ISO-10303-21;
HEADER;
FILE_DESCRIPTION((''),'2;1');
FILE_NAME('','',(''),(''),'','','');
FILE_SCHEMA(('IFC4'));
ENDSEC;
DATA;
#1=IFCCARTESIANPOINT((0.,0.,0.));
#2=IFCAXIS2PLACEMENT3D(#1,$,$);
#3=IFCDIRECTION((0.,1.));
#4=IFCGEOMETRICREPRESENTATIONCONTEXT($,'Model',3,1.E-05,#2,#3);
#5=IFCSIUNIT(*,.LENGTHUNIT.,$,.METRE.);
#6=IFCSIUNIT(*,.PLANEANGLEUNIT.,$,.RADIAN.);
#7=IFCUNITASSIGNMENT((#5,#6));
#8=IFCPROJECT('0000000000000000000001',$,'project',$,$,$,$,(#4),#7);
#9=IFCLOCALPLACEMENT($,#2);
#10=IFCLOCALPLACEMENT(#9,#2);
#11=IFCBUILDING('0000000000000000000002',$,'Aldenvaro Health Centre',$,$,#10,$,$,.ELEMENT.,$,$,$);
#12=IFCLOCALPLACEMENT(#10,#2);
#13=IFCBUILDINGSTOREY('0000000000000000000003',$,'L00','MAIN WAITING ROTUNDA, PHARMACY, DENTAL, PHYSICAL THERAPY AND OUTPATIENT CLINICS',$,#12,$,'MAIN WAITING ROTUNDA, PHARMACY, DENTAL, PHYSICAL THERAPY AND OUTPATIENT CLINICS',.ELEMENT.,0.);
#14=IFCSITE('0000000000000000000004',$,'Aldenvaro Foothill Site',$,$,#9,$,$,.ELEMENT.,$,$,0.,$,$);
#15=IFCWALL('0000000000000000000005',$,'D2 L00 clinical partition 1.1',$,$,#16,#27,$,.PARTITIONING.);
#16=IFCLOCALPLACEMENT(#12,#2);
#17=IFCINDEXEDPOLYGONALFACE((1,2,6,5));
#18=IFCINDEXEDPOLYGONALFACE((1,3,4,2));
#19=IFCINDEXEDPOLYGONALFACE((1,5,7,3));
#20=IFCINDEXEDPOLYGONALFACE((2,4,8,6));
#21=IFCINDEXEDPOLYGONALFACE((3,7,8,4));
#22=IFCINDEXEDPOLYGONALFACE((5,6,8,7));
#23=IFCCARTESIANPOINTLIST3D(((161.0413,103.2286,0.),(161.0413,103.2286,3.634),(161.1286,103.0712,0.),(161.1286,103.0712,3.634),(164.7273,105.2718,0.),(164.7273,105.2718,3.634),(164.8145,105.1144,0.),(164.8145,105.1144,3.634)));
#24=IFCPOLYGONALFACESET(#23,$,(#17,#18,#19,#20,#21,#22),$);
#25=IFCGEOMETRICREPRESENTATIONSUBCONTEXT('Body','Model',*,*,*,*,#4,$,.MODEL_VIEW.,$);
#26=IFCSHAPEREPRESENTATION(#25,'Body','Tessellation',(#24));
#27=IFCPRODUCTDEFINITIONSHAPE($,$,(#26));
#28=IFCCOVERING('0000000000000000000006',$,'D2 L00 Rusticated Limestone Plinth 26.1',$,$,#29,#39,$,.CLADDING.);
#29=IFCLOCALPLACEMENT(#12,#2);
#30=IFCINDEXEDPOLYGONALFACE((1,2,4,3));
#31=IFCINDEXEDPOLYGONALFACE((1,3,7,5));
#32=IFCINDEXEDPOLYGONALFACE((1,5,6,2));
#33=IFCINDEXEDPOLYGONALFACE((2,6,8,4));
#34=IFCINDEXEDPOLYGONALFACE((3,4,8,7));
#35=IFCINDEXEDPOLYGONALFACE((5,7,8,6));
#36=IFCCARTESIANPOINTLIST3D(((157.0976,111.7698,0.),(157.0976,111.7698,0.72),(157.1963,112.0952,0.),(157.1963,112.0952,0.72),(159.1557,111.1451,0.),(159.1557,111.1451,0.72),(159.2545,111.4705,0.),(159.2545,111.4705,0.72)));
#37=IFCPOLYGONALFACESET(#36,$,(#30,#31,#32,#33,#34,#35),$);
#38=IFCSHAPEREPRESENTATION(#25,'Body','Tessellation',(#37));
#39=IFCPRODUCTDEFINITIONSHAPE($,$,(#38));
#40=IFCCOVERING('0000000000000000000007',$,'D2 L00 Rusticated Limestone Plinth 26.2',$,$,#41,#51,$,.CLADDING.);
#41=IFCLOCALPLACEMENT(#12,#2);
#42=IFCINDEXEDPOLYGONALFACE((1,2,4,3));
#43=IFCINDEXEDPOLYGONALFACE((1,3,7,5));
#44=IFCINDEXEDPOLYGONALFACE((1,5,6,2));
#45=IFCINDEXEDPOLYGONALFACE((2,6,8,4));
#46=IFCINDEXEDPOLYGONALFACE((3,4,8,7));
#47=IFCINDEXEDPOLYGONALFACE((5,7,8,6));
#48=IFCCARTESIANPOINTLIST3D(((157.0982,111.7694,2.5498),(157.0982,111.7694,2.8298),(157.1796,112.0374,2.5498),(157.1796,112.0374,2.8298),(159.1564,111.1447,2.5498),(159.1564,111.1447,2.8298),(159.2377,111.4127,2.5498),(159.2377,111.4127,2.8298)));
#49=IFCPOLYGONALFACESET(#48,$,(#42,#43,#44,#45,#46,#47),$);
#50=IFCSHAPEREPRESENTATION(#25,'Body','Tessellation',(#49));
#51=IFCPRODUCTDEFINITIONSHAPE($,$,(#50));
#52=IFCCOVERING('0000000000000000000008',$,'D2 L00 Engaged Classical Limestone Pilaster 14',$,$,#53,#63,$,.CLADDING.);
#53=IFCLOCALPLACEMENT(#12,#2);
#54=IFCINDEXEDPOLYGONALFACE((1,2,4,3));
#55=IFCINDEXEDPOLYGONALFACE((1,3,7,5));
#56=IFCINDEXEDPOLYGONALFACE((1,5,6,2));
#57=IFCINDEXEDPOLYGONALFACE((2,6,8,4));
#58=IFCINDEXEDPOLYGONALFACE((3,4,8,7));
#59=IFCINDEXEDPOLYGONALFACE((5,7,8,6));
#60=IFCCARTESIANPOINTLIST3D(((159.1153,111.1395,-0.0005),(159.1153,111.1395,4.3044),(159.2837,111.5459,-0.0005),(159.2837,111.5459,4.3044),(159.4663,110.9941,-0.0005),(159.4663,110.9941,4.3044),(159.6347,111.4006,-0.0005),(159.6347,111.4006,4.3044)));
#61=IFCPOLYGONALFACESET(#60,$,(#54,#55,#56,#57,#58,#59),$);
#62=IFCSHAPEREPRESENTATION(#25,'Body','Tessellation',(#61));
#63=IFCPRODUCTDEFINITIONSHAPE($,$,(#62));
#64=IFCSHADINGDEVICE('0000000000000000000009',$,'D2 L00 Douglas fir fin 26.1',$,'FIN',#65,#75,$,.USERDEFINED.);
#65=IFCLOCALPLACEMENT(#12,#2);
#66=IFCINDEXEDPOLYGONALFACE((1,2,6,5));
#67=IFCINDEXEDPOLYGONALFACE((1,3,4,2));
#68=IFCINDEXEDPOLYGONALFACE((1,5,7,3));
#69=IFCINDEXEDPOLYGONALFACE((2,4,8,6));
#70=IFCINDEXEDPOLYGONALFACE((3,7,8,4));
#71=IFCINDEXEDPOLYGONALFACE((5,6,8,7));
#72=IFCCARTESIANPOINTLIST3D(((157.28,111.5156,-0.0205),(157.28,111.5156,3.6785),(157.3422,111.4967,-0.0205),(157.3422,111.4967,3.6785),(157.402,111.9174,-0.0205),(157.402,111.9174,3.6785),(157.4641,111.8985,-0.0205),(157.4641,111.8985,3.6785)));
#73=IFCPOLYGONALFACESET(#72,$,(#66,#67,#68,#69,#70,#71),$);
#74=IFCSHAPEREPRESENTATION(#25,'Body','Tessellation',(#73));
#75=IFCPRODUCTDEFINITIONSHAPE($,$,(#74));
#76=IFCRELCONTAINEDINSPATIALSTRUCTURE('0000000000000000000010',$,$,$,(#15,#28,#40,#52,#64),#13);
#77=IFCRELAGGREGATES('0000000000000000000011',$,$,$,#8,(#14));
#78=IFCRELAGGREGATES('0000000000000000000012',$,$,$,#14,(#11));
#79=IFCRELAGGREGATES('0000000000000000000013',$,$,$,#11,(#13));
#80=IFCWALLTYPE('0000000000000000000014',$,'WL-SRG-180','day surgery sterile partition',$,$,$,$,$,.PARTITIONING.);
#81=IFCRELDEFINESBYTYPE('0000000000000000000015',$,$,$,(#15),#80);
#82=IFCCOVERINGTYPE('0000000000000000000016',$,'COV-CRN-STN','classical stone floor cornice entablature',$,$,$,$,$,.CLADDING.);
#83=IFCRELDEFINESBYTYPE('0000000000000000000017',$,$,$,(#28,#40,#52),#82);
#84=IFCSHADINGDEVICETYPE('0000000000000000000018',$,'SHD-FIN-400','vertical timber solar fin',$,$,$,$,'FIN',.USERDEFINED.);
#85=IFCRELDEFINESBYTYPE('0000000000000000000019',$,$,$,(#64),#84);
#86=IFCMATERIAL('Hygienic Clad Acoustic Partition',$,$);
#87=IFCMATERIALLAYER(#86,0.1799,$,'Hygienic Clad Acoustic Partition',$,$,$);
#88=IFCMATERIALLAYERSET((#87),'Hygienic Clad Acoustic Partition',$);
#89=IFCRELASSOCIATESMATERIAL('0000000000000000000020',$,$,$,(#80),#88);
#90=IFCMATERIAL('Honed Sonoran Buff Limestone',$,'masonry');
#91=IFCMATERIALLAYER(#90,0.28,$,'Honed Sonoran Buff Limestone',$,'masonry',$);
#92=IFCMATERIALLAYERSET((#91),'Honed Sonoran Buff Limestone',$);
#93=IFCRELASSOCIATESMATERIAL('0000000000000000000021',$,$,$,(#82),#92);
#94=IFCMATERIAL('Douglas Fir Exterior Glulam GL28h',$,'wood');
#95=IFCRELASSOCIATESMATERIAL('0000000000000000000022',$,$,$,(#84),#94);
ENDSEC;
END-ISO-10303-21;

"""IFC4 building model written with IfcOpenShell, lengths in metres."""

from ifc_helpers import new_model, si_unit, direction, frame, frame_2d, origin, origin_2d, place, context, subcontext, project, spatial, rectangle, extrude, material, layer, layer_set, type_object, element, save


model = new_model("IFC4")

# Units and contexts
model_context = context("Model", 3, precision=1e-05, world=origin(), true_north=direction((0.0, 1.0)))
body_context = subcontext(model_context, "Body", "Model", "MODEL_VIEW")
ifc_project = project(units=[si_unit("LENGTHUNIT", "METRE"), si_unit("PLANEANGLEUNIT", "RADIAN")], contexts=[model_context])

# Site, building, storey
site_placement = place(None, origin())
site = spatial("IfcSite", under=ifc_project, at=site_placement, Name="Aldenvaro Foothill Site", CompositionType="ELEMENT", RefElevation=0.0)
building_placement = place(site_placement, origin())
building = spatial("IfcBuilding", under=site, at=building_placement, Name="Aldenvaro Health Centre", CompositionType="ELEMENT")
storey_placement = place(building_placement, origin())
storey = spatial("IfcBuildingStorey", under=building, at=storey_placement, Name="L00", Description="MAIN WAITING ROTUNDA, PHARMACY, DENTAL, PHYSICAL THERAPY AND OUTPATIENT CLINICS", LongName="MAIN WAITING ROTUNDA, PHARMACY, DENTAL, PHYSICAL THERAPY AND OUTPATIENT CLINICS", CompositionType="ELEMENT", Elevation=0.0)

# Wall
ifc_material_1 = material(Name="Hygienic Clad Acoustic Partition")
ifc_layer_1 = layer(ifc_material_1, 0.1799, Name="Hygienic Clad Acoustic Partition")
ifc_layer_set_1 = layer_set([ifc_layer_1], Name="Hygienic Clad Acoustic Partition")
wall_type_1 = type_object("IfcWallType", Name="WL-SRG-180", Description="day surgery sterile partition", PredefinedType="PARTITIONING", material=ifc_layer_set_1)
wall_1_placement = place(storey_placement, frame((161.085, 103.1499, 0.0), z_axis=(0.0, 0.0, 1.0), x_axis=(0.874619, 0.484811, 0.0)))
element("IfcWall", 1, at=wall_1_placement, inside=storey, type_object=wall_type_1, Name="D2 L00 clinical partition 1.1", PredefinedType="PARTITIONING", context=body_context, shape_type="SweptSolid", body=[
    extrude(rectangle(XDim=4.2144, YDim=0.1799, at=frame_2d((2.1072, 0.0))), origin(), (0.0, 0.0, 1.0), 3.634),
])

# Coverings
ifc_material_2 = material(Name="Honed Sonoran Buff Limestone", Category="masonry")
ifc_layer_2 = layer(ifc_material_2, 0.28, Name="Honed Sonoran Buff Limestone", Category="masonry")
ifc_layer_set_2 = layer_set([ifc_layer_2], Name="Honed Sonoran Buff Limestone")
covering_type = type_object("IfcCoveringType", Name="COV-CRN-STN", Description="classical stone floor cornice entablature", PredefinedType="CLADDING", material=ifc_layer_set_2)
covering_1_placement = place(storey_placement, frame((158.176, 111.6201, 0.0), z_axis=(0.0, 0.0, 1.0), x_axis=(0.956893, -0.290441, 0.0)))
element("IfcCovering", 2, at=covering_1_placement, inside=storey, type_object=covering_type, Name="D2 L00 Rusticated Limestone Plinth 26.1", PredefinedType="CLADDING", context=body_context, shape_type="SweptSolid", body=[
    extrude(rectangle(XDim=2.1509, YDim=0.3401, at=origin_2d()), origin(), (0.0, 0.0, 1.0), 0.72),
])
covering_2_placement = place(storey_placement, frame((158.168, 111.5911, 2.5498), z_axis=(0.0, 0.0, 1.0), x_axis=(0.956893, -0.290441, 0.0)))
element("IfcCovering", 3, at=covering_2_placement, inside=storey, type_object=covering_type, Name="D2 L00 Rusticated Limestone Plinth 26.2", PredefinedType="CLADDING", context=body_context, shape_type="SweptSolid", body=[
    extrude(rectangle(XDim=2.1509, YDim=0.28, at=origin_2d()), origin(), (0.0, 0.0, 1.0), 0.28),
])
covering_3_placement = place(storey_placement, frame((159.375, 111.27, -0.0005), z_axis=(0.0, 0.0, 1.0), x_axis=(0.382668, 0.923886, 0.0)))
element("IfcCovering", 4, at=covering_3_placement, inside=storey, type_object=covering_type, Name="D2 L00 Engaged Classical Limestone Pilaster 14", PredefinedType="CLADDING", context=body_context, shape_type="SweptSolid", body=[
    extrude(rectangle(XDim=0.4399, YDim=0.3799, at=origin_2d()), origin(), (0.0, 0.0, 1.0), 4.3049),
])

# Shading device
ifc_material_3 = material(Name="Douglas Fir Exterior Glulam GL28h", Category="wood")
shading_device_type = type_object("IfcShadingDeviceType", Name="SHD-FIN-400", Description="vertical timber solar fin", ElementType="FIN", PredefinedType="USERDEFINED", material=ifc_material_3)
shading_device_placement = place(storey_placement, frame((157.3721, 111.707, -0.0205), z_axis=(0.0, 0.0, 1.0), x_axis=(0.956893, -0.290441, 0.0)))
element("IfcShadingDevice", 5, at=shading_device_placement, inside=storey, type_object=shading_device_type, Name="D2 L00 Douglas fir fin 26.1", ObjectType="FIN", PredefinedType="USERDEFINED", context=body_context, shape_type="SweptSolid", body=[
    extrude(rectangle(XDim=0.0649, YDim=0.4199, at=origin_2d()), origin(), (0.0, 0.0, 1.0), 3.699),
])

save(model, "model.ifc")
